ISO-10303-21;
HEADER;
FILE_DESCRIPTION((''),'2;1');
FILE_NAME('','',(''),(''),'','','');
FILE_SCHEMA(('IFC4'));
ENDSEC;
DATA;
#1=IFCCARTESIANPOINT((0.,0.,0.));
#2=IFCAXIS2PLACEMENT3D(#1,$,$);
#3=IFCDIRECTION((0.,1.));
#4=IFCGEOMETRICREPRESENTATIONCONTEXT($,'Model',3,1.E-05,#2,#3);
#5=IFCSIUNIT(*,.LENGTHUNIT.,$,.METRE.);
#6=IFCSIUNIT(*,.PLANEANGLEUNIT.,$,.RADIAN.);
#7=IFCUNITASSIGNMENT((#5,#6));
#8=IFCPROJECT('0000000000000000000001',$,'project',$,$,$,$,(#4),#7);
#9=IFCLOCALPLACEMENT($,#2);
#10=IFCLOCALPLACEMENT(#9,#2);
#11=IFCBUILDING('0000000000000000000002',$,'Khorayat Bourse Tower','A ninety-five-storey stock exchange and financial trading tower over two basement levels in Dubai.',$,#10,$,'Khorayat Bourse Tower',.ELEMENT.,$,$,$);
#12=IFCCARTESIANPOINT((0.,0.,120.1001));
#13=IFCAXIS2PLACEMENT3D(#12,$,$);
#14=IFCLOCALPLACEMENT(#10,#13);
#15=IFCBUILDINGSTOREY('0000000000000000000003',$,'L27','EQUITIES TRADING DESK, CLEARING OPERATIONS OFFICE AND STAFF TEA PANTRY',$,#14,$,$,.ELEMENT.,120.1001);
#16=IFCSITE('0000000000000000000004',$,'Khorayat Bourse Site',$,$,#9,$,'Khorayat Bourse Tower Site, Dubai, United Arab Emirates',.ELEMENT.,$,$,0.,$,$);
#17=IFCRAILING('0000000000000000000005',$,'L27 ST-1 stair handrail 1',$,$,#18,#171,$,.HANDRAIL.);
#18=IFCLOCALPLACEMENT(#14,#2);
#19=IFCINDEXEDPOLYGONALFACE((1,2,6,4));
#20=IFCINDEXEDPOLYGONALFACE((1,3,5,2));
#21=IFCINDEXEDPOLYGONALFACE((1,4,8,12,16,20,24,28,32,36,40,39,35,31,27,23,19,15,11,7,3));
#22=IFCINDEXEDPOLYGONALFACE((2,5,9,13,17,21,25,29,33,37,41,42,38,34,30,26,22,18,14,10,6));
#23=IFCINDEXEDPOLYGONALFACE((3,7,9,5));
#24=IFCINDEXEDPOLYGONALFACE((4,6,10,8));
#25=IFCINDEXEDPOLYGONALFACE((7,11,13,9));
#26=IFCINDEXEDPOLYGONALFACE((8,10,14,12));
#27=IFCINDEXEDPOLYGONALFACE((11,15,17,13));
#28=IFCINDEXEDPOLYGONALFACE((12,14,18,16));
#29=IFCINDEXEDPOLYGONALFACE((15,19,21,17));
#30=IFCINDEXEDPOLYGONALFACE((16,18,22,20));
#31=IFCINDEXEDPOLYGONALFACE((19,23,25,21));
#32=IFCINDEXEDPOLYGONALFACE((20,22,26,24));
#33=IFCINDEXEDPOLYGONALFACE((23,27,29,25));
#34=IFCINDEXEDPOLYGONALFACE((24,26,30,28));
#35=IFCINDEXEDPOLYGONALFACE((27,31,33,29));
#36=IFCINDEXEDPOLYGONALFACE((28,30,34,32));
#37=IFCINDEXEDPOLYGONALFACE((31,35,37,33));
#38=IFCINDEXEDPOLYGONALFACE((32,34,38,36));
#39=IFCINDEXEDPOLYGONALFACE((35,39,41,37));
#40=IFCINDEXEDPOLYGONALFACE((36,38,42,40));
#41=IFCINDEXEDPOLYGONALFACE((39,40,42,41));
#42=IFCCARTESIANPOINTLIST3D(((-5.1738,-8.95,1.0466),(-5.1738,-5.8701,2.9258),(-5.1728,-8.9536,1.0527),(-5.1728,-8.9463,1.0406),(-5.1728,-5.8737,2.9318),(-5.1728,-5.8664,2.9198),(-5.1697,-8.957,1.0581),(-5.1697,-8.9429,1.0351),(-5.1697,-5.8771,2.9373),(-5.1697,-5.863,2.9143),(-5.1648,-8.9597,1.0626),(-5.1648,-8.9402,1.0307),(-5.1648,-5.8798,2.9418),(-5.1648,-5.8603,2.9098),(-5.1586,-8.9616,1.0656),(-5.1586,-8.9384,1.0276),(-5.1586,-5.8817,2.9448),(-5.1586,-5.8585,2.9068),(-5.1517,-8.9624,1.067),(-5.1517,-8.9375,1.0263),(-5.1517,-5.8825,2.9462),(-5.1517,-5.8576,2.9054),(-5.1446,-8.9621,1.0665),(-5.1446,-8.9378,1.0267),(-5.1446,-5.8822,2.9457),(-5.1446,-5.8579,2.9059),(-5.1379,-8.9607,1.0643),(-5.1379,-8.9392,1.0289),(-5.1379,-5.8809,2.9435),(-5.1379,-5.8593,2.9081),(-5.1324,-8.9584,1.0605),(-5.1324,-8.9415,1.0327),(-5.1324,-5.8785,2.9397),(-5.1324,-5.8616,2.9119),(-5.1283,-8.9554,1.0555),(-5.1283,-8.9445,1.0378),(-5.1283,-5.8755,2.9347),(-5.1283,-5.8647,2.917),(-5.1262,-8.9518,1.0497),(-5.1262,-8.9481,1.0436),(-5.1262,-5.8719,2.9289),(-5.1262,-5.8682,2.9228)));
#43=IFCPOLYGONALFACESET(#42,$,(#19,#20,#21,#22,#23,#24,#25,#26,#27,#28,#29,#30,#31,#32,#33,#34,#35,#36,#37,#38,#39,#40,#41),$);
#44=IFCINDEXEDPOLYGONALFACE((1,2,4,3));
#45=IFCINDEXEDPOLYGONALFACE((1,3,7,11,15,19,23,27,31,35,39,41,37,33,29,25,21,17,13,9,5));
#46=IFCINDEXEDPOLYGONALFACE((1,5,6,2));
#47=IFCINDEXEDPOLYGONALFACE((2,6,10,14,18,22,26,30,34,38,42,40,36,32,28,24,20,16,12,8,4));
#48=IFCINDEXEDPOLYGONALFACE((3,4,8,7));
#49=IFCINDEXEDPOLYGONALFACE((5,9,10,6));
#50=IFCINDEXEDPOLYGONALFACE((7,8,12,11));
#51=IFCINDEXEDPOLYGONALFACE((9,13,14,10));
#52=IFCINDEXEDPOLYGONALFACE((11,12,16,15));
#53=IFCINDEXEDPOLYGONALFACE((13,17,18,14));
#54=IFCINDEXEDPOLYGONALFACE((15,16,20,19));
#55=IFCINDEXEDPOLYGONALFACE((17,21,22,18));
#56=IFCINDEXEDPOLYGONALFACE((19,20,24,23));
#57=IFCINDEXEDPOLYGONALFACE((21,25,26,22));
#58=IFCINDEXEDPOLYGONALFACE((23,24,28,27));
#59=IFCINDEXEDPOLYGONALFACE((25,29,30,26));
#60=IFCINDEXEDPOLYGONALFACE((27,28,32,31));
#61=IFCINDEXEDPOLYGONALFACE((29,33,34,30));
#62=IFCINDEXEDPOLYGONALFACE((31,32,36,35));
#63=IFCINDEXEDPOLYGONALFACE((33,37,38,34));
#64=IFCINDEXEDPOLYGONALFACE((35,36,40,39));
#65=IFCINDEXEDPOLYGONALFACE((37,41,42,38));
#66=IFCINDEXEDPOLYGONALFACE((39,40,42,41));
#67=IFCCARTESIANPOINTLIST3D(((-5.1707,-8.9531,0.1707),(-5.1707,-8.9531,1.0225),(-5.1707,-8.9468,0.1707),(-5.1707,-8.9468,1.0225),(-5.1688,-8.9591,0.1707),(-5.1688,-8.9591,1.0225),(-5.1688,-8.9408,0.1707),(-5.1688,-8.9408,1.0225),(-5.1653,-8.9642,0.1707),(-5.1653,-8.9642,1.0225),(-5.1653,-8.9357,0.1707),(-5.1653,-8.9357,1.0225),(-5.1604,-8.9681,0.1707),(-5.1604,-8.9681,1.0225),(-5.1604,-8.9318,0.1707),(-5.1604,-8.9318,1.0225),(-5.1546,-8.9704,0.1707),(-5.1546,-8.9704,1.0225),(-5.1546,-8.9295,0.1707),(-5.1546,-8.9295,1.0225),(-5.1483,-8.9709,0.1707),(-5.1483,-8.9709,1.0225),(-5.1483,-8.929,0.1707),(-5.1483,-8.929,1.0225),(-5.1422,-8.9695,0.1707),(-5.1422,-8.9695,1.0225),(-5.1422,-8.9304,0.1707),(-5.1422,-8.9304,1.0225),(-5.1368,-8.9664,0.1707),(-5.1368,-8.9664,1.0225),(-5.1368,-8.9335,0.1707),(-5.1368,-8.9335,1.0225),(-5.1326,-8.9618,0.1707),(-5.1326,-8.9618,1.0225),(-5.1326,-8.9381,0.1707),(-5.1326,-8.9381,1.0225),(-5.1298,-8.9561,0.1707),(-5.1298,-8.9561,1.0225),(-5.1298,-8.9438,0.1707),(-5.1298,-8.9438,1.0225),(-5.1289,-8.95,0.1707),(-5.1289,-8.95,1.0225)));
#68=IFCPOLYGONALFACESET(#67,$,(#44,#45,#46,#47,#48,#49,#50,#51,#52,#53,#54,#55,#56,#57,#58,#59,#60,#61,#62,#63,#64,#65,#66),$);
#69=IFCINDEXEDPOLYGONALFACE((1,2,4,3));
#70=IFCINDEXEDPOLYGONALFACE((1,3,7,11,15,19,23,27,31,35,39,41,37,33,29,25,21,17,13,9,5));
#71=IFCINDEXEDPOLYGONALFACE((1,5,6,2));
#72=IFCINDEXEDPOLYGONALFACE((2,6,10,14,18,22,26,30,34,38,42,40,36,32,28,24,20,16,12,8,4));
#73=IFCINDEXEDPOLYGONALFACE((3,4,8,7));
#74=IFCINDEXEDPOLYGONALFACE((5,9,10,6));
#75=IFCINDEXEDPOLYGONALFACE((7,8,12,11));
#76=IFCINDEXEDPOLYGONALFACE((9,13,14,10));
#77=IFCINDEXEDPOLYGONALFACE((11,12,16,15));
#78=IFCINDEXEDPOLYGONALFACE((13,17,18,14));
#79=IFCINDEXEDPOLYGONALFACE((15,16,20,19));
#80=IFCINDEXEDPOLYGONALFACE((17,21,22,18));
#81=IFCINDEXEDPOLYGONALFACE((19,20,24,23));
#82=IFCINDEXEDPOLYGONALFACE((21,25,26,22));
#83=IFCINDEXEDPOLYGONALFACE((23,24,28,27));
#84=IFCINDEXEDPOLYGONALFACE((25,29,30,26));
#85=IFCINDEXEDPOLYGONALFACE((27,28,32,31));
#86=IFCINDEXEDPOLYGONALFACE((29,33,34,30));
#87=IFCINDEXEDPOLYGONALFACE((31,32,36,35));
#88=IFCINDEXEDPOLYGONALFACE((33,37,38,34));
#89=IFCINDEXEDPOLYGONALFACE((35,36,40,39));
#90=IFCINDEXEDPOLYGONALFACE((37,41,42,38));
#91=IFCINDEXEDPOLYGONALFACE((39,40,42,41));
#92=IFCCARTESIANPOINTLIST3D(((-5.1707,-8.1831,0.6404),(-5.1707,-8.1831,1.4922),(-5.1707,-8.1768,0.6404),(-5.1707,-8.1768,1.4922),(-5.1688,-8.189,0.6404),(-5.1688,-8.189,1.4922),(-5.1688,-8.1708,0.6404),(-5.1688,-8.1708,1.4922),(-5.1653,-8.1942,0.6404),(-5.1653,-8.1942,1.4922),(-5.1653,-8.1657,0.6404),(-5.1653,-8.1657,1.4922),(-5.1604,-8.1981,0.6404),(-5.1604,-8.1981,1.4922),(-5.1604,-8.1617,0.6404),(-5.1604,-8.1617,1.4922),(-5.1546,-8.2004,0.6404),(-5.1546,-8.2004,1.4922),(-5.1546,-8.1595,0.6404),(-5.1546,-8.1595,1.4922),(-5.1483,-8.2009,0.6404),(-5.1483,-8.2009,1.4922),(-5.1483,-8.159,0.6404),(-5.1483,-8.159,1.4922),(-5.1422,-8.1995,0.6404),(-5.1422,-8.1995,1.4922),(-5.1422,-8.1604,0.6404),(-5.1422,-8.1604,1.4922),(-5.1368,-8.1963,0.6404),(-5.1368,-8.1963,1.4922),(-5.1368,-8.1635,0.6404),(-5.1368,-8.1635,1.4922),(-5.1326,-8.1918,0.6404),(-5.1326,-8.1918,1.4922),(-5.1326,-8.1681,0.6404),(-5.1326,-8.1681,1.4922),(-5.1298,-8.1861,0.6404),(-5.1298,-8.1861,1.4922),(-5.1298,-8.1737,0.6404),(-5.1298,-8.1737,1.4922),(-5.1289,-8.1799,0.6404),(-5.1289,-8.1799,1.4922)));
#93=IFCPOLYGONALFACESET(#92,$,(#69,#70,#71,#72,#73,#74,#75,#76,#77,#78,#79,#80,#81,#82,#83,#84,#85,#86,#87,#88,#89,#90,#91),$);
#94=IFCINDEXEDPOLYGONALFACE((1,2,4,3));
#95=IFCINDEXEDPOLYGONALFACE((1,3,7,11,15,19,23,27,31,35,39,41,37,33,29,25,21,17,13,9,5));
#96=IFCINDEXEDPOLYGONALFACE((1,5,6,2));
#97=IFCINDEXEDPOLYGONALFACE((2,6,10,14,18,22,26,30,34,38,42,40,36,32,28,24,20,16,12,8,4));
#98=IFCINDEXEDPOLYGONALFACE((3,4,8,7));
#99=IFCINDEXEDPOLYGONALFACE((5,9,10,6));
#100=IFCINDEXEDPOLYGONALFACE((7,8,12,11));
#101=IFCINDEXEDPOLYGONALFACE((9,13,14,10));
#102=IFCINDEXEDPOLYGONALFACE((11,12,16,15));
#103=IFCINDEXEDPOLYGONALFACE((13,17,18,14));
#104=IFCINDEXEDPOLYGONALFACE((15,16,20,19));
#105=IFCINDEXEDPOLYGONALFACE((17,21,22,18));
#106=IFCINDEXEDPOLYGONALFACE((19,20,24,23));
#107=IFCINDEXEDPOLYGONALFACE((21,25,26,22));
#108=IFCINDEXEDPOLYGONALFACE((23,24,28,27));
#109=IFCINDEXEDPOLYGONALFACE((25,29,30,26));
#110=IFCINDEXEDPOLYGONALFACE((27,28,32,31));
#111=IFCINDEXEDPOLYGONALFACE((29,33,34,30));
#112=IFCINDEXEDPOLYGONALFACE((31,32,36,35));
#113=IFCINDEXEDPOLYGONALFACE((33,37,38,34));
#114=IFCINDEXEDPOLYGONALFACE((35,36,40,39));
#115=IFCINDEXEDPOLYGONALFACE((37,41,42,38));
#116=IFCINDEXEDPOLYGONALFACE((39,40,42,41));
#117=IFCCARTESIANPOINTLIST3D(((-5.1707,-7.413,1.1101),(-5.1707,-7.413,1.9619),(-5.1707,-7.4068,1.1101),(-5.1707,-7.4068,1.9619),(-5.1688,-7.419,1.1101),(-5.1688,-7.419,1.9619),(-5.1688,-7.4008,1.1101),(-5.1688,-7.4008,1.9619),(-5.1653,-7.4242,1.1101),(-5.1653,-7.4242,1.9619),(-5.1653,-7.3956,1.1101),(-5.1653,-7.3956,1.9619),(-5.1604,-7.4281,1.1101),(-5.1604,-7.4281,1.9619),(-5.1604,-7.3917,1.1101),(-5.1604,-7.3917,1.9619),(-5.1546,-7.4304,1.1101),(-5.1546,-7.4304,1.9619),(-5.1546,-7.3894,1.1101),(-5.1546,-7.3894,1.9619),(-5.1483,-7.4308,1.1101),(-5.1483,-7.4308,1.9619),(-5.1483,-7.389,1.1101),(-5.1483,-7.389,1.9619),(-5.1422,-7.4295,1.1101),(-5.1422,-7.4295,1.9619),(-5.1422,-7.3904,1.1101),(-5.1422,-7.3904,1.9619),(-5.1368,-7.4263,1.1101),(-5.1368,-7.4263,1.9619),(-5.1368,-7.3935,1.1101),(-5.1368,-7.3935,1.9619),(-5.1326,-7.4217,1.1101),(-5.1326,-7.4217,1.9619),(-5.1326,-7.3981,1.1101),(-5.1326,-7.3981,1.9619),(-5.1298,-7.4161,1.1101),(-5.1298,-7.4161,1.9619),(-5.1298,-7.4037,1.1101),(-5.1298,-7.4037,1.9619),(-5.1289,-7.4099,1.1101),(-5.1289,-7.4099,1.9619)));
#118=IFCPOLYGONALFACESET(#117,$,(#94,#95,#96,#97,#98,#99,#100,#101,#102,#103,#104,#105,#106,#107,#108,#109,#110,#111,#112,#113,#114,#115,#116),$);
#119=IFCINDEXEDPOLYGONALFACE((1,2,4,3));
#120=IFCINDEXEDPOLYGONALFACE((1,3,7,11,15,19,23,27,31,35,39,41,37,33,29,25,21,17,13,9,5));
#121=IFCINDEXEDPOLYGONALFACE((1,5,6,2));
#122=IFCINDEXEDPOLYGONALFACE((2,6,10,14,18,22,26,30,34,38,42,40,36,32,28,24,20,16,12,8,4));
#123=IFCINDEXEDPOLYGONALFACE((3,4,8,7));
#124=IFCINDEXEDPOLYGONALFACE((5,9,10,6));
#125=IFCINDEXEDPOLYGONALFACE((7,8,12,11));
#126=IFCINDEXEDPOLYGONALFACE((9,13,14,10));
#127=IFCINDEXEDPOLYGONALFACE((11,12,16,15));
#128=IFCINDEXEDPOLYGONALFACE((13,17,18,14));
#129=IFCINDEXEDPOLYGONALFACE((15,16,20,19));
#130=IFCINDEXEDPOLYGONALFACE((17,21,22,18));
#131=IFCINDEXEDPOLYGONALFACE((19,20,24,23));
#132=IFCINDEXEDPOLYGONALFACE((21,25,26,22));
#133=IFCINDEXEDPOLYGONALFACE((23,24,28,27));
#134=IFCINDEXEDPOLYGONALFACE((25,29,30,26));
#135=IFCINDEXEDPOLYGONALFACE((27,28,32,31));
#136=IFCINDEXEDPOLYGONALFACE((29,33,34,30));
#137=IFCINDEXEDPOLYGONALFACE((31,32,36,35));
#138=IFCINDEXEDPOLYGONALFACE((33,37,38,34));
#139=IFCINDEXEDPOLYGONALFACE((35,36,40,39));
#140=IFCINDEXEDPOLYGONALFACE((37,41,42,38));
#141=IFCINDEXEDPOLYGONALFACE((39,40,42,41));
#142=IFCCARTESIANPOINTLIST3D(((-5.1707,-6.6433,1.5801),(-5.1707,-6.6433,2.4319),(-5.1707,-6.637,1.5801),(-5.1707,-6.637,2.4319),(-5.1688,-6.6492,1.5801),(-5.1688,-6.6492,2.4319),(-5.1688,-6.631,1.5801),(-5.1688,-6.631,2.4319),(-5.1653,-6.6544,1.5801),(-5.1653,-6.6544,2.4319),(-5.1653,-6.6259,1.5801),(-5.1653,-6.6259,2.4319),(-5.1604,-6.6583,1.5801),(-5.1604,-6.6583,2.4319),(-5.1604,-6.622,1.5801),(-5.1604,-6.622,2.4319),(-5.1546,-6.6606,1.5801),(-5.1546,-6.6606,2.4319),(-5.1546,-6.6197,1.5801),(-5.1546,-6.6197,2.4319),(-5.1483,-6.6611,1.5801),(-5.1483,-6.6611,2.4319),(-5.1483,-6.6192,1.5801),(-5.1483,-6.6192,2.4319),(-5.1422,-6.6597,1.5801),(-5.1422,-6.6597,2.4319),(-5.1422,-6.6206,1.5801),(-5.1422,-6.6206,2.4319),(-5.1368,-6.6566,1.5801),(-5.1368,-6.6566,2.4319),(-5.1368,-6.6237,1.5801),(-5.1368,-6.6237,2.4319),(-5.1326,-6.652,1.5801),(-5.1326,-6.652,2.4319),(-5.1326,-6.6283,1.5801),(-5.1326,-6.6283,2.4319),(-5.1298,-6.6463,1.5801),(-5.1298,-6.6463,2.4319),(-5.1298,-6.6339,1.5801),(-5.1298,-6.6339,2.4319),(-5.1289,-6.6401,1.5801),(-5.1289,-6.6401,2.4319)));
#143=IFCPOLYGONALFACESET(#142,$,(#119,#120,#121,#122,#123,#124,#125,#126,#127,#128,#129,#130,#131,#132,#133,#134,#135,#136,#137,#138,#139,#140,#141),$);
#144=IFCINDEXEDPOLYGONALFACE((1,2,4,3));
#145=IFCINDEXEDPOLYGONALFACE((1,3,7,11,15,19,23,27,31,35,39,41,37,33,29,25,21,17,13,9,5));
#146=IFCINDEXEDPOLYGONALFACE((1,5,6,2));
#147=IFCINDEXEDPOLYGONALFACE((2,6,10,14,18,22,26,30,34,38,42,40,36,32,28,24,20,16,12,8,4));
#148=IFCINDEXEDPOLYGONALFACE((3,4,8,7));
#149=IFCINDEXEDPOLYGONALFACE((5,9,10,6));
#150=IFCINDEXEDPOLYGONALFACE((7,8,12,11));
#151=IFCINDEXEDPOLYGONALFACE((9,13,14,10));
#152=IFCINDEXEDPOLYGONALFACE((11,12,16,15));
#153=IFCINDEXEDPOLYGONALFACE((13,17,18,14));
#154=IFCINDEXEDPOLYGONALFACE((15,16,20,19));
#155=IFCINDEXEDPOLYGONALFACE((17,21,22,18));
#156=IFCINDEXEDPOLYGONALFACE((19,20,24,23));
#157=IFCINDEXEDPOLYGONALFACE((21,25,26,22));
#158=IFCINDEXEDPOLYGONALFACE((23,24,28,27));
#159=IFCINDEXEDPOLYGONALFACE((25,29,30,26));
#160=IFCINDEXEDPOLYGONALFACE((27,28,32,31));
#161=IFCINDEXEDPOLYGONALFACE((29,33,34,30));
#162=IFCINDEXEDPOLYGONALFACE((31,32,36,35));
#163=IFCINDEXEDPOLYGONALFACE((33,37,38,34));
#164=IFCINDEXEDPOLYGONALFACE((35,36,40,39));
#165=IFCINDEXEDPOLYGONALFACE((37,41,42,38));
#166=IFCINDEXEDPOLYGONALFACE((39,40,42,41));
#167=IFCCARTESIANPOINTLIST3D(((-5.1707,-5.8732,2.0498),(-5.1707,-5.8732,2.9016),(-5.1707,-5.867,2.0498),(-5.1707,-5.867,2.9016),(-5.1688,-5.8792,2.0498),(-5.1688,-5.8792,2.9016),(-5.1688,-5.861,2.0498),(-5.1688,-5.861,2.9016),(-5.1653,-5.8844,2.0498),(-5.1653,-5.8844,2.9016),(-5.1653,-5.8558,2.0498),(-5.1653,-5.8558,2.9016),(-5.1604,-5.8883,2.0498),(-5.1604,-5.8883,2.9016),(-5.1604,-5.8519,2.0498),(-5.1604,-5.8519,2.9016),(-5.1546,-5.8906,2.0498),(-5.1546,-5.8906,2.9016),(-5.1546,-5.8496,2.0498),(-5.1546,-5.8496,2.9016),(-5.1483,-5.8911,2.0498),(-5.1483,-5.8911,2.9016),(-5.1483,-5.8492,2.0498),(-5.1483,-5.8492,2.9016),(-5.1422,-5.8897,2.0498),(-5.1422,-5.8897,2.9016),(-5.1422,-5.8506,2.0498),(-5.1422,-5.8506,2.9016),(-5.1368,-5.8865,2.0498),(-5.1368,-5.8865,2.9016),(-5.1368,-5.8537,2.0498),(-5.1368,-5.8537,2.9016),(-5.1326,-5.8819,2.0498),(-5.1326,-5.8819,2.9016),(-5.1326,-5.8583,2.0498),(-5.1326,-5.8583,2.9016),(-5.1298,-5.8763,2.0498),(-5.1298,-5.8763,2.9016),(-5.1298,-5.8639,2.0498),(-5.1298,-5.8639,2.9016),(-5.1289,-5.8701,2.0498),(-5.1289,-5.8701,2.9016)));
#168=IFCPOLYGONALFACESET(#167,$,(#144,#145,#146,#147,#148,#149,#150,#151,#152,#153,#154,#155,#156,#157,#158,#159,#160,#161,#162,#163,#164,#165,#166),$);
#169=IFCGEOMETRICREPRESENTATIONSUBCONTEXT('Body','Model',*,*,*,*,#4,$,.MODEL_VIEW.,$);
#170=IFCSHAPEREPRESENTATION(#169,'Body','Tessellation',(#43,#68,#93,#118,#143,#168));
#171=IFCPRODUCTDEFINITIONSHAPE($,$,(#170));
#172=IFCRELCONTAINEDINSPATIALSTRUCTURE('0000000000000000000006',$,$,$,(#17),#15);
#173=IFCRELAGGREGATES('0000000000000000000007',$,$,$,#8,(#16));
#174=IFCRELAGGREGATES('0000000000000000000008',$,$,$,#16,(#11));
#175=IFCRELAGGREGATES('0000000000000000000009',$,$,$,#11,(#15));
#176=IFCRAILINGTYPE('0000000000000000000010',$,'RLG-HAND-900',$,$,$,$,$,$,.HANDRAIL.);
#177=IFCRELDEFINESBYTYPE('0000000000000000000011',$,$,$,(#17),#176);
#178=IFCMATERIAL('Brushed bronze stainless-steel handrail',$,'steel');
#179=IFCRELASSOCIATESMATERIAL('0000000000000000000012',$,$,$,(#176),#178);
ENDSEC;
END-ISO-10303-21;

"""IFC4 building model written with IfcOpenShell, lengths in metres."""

from ifc_helpers import new_model, si_unit, direction, frame, origin, origin_2d, place, context, subcontext, project, spatial, circle, extrude, source, transform, mapped, material, type_object, element, save


model = new_model("IFC4")

# Units and contexts
model_context = context("Model", 3, precision=1e-05, world=origin(), true_north=direction((0.0, 1.0)))
body_context = subcontext(model_context, "Body", "Model", "MODEL_VIEW")
ifc_project = project(units=[si_unit("LENGTHUNIT", "METRE"), si_unit("PLANEANGLEUNIT", "RADIAN")], contexts=[model_context])

# Site, building, storey
site_placement = place(None, origin())
site = spatial("IfcSite", under=ifc_project, at=site_placement, Name="Khorayat Bourse Site", LongName="Khorayat Bourse Tower Site, Dubai, United Arab Emirates", CompositionType="ELEMENT", RefElevation=0.0)
building_placement = place(site_placement, origin())
building = spatial("IfcBuilding", under=site, at=building_placement, Name="Khorayat Bourse Tower", Description="A ninety-five-storey stock exchange and financial trading tower over two basement levels in Dubai.", LongName="Khorayat Bourse Tower", CompositionType="ELEMENT")
storey_placement = place(building_placement, frame((0.0, 0.0, 120.1001)))
storey = spatial("IfcBuildingStorey", under=building, at=storey_placement, Name="L27", Description="EQUITIES TRADING DESK, CLEARING OPERATIONS OFFICE AND STAFF TEA PANTRY", CompositionType="ELEMENT", Elevation=120.1001)

# Railing
ifc_material_1 = material(Name="Brushed bronze stainless-steel handrail", Category="steel")
railing_type_1 = type_object("IfcRailingType", Name="RLG-HAND-900", PredefinedType="HANDRAIL", material=ifc_material_1)
shared_shape_1 = source(origin(), body_context, "Body", "SweptSolid", [
    extrude(circle(Radius=0.0239, at=origin_2d()), frame((0.0, 0.0, 0.876), z_axis=(0.0, 0.853648, 0.52085), x_axis=(-1.0, 0.0, 0.0)), (0.0, 0.0, 1.0), 3.6079),
    extrude(circle(Radius=0.021, at=origin_2d()), origin(), (0.0, 0.0, 1.0), 0.8518),
    extrude(circle(Radius=0.021, at=origin_2d()), frame((0.0, 0.77, 0.4697)), (0.0, 0.0, 1.0), 0.8518),
    extrude(circle(Radius=0.021, at=origin_2d()), frame((0.0, 1.54, 0.9395)), (0.0, 0.0, 1.0), 0.8518),
    extrude(circle(Radius=0.021, at=origin_2d()), frame((0.0, 2.3098, 1.4094)), (0.0, 0.0, 1.0), 0.8518),
    extrude(circle(Radius=0.021, at=origin_2d()), frame((0.0, 3.0798, 1.8792)), (0.0, 0.0, 1.0), 0.8518),
])
railing_1_placement = place(storey_placement, frame((-5.1499, -8.95, 0.1707)))
element("IfcRailing", 1, at=railing_1_placement, inside=storey, type_object=railing_type_1, Name="L27 ST-1 stair handrail 1", PredefinedType="HANDRAIL", context=body_context, shape_type="MappedRepresentation", body=[
    mapped(shared_shape_1, transform((0.0, 0.0, 0.0), scale=1.0)),
])

save(model, "model.ifc")
